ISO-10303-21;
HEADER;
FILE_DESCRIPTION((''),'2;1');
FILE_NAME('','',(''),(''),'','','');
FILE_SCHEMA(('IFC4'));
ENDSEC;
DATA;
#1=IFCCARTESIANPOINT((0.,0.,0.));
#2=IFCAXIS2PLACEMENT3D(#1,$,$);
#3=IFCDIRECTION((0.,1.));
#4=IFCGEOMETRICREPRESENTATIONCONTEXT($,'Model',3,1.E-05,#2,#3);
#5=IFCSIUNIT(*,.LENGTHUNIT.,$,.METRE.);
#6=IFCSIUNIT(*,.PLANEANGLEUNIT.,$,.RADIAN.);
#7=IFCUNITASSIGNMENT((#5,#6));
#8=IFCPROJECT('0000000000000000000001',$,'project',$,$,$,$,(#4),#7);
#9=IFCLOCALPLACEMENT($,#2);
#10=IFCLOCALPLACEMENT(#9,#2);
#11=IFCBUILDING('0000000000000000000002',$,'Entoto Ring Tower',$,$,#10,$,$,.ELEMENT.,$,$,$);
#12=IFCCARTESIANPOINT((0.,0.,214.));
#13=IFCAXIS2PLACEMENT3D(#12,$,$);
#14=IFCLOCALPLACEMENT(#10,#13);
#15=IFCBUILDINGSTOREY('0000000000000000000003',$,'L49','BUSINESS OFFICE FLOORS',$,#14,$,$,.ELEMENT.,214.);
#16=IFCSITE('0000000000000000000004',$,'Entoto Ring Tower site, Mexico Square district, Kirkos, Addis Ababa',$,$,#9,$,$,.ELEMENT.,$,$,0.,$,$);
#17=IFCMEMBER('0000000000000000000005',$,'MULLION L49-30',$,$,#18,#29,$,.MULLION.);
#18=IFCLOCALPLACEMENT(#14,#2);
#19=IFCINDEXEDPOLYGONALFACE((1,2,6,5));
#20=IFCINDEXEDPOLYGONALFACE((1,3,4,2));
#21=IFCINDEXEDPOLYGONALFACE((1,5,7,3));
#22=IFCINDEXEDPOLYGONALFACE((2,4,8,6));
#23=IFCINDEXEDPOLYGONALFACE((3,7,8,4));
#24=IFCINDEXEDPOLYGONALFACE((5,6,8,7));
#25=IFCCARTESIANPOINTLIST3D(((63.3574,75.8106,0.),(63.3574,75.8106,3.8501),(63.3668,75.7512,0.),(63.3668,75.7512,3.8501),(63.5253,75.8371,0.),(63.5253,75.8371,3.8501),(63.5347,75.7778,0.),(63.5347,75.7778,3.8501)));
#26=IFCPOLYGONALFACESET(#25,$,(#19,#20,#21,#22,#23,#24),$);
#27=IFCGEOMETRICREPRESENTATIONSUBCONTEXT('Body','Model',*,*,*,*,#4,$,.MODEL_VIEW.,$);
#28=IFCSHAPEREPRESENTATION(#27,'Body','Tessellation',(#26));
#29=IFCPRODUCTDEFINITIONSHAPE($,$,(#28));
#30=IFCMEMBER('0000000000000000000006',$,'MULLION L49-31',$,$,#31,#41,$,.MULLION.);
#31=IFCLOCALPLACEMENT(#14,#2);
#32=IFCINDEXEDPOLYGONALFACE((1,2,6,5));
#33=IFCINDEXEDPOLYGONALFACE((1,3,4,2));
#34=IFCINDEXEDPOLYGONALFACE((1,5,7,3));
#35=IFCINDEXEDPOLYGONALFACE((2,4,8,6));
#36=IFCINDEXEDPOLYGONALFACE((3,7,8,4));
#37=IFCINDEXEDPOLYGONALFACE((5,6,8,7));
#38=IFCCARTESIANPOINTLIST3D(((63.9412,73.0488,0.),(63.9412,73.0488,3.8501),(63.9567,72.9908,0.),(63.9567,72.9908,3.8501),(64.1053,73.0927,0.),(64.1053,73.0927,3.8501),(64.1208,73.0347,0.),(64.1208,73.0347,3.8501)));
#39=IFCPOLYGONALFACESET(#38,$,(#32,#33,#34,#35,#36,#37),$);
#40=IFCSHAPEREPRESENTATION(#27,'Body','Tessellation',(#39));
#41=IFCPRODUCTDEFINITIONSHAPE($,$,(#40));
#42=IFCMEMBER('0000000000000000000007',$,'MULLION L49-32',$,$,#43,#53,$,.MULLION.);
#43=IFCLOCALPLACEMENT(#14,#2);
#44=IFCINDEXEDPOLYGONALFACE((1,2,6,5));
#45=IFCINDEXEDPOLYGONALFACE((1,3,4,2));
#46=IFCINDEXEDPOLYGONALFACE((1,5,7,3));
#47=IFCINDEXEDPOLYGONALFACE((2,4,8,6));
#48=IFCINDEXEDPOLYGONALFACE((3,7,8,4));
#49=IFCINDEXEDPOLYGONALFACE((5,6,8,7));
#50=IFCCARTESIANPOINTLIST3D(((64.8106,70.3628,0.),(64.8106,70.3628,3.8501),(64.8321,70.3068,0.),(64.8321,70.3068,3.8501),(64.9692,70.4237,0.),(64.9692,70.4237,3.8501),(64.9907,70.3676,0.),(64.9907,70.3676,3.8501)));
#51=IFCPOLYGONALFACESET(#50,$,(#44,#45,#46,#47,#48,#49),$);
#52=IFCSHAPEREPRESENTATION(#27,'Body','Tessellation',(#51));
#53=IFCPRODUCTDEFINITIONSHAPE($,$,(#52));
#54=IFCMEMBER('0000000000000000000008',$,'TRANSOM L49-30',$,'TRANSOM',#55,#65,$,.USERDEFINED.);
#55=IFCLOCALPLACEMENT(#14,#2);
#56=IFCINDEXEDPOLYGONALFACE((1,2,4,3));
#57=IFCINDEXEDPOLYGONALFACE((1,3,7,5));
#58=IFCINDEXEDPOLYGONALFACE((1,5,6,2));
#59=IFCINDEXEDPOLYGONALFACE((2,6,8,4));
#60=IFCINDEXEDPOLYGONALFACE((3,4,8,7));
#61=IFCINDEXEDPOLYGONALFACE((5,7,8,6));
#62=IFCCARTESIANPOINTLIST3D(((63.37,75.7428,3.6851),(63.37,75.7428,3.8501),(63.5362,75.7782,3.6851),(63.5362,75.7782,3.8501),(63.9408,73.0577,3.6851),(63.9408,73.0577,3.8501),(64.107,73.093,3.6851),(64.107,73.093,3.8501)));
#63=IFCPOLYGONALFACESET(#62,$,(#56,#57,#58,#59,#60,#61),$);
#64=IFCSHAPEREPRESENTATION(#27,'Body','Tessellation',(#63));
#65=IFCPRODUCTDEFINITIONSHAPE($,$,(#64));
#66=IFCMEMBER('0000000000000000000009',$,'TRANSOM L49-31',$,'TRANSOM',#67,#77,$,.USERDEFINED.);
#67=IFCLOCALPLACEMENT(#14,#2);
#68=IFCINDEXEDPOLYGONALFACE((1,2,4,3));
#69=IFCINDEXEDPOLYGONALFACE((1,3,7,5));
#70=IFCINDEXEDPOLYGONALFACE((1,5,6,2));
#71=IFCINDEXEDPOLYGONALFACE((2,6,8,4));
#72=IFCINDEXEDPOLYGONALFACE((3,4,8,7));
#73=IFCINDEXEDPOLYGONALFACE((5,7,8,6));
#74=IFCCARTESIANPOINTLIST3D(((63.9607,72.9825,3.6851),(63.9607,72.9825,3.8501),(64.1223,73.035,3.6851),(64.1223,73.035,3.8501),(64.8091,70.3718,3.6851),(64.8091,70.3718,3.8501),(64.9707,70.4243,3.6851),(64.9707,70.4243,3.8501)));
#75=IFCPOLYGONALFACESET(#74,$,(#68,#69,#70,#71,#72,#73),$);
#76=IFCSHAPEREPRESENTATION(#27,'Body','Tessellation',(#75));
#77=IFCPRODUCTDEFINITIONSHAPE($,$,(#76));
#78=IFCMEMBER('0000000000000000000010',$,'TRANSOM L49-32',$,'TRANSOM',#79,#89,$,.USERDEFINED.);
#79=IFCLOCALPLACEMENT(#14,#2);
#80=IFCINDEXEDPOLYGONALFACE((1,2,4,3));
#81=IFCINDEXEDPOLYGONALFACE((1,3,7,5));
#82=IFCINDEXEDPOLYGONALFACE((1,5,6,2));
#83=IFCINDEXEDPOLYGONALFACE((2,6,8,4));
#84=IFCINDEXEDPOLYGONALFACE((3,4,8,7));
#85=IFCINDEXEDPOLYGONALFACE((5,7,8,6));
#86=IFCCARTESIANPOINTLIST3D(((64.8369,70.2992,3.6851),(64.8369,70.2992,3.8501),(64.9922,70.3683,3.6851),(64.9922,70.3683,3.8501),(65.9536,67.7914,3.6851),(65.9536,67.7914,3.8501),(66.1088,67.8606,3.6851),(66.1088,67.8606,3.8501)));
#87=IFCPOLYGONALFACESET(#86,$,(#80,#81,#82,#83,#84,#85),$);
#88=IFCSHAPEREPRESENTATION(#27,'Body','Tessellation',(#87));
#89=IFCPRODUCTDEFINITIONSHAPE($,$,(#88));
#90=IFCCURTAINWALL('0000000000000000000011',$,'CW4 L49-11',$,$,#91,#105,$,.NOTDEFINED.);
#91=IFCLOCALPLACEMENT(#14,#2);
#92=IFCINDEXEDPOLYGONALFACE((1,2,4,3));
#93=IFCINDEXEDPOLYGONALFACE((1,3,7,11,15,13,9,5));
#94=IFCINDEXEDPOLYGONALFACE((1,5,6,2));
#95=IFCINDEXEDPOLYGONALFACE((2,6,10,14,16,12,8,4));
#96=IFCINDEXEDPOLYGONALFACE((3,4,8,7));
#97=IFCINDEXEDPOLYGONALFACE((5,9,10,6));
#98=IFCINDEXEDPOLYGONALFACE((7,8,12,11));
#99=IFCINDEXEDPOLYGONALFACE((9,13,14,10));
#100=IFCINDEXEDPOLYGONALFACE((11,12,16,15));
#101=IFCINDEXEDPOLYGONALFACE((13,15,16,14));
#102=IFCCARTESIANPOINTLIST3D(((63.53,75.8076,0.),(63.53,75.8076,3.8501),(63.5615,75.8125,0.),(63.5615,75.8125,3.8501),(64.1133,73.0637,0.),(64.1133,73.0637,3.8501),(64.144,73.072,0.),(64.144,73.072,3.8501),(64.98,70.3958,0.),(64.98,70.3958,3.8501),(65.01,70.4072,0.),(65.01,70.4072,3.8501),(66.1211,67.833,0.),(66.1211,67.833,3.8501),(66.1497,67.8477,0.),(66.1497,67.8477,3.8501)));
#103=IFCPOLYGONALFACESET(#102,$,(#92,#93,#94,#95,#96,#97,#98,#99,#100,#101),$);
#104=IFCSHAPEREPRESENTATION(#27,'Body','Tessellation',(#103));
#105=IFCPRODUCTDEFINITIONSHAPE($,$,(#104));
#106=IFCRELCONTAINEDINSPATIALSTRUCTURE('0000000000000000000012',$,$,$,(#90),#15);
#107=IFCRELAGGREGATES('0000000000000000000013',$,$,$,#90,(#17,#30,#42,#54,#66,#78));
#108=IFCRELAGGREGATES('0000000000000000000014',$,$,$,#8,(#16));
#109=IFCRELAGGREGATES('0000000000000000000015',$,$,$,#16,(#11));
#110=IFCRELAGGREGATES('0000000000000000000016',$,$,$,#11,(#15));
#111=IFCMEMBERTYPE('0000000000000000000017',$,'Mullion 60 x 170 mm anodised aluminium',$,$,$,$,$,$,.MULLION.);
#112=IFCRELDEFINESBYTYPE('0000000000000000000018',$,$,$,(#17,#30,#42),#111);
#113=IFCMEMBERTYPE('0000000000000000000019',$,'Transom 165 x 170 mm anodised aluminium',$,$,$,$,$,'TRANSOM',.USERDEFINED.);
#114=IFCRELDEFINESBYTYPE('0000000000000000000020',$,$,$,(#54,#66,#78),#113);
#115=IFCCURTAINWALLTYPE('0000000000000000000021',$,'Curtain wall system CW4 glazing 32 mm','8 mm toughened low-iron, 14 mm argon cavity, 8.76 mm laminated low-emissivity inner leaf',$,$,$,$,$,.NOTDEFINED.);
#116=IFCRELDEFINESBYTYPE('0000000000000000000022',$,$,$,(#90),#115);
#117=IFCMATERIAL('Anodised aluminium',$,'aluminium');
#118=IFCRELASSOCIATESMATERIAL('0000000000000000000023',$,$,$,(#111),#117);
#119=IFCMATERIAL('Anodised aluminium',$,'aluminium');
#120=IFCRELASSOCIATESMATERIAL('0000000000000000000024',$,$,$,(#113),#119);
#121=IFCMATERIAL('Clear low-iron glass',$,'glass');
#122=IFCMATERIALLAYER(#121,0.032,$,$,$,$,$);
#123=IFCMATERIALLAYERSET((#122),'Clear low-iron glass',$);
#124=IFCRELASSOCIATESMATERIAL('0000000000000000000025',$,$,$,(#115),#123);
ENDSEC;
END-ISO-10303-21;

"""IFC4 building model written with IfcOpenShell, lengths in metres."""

from ifc_helpers import new_model, si_unit, direction, frame, origin, origin_2d, place, context, subcontext, project, spatial, polyline, rectangle, outline, extrude, material, layer, layer_set, material_profile, profile_set, type_object, element, aggregate, save


model = new_model("IFC4")

# Units and contexts
model_context = context("Model", 3, precision=1e-05, world=origin(), true_north=direction((0.0, 1.0)))
body_context = subcontext(model_context, "Body", "Model", "MODEL_VIEW")
ifc_project = project(units=[si_unit("LENGTHUNIT", "METRE"), si_unit("PLANEANGLEUNIT", "RADIAN")], contexts=[model_context])

# Members
ifc_material_1 = material(Name="Anodised aluminium", Category="aluminium")
ifc_material_profile_1 = material_profile(ifc_material_1, rectangle(XDim=0.0601, YDim=0.1699, at=origin_2d()), Name="Mullion 60 x 170 mm anodised aluminium")
ifc_profile_set_1 = profile_set([ifc_material_profile_1], Name="Anodised aluminium")
member_type_1 = type_object("IfcMemberType", Name="Mullion 60 x 170 mm anodised aluminium", PredefinedType="MULLION", material=ifc_profile_set_1)
site_placement = place(None, origin())
building_placement = place(site_placement, origin())
storey_placement = place(building_placement, frame((0.0, 0.0, 214.0)))
member_1_placement = place(storey_placement, frame((63.446, 75.7942, 0.0), z_axis=(0.0, 0.0, 1.0), x_axis=(0.156434, -0.987688, 0.0)))
member_1 = element("IfcMember", 1, at=member_1_placement, type_object=member_type_1, Name="MULLION L49-30", PredefinedType="MULLION", context=body_context, shape_type="SweptSolid", body=[
    extrude(rectangle(XDim=0.0601, YDim=0.1699, at=origin_2d()), origin(), (0.0, 0.0, 1.0), 3.8501),
])
member_2_placement = place(storey_placement, frame((64.031, 73.0417, 0.0), z_axis=(0.0, 0.0, 1.0), x_axis=(0.258819, -0.965926, 0.0)))
member_2 = element("IfcMember", 2, at=member_2_placement, type_object=member_type_1, Name="MULLION L49-31", PredefinedType="MULLION", context=body_context, shape_type="SweptSolid", body=[
    extrude(rectangle(XDim=0.0601, YDim=0.1699, at=origin_2d()), origin(), (0.0, 0.0, 1.0), 3.8501),
])
member_3_placement = place(storey_placement, frame((64.9006, 70.3652, 0.0), z_axis=(0.0, 0.0, 1.0), x_axis=(0.358368, -0.93358, 0.0)))
member_3 = element("IfcMember", 3, at=member_3_placement, type_object=member_type_1, Name="MULLION L49-32", PredefinedType="MULLION", context=body_context, shape_type="SweptSolid", body=[
    extrude(rectangle(XDim=0.0601, YDim=0.1699, at=origin_2d()), origin(), (0.0, 0.0, 1.0), 3.8501),
])
ifc_material_2 = material(Name="Anodised aluminium", Category="aluminium")
ifc_material_profile_2 = material_profile(ifc_material_2, rectangle(XDim=0.1699, YDim=0.165, at=origin_2d()), Name="Transom 165 x 170 mm anodised aluminium")
ifc_profile_set_2 = profile_set([ifc_material_profile_2], Name="Anodised aluminium")
member_type_2 = type_object("IfcMemberType", Name="Transom 165 x 170 mm anodised aluminium", ElementType="TRANSOM", PredefinedType="USERDEFINED", material=ifc_profile_set_2)
member_4_placement = place(storey_placement, frame((63.4531, 75.7605, 3.7676), z_axis=(0.207937, -0.978142, 0.0), x_axis=(0.978142, 0.207937, 0.0)))
member_4 = element("IfcMember", 4, at=member_4_placement, type_object=member_type_2, Name="TRANSOM L49-30", ObjectType="TRANSOM", PredefinedType="USERDEFINED", context=body_context, shape_type="SweptSolid", body=[
    extrude(rectangle(XDim=0.1699, YDim=0.165, at=origin_2d()), origin(), (0.0, 0.0, 1.0), 2.7451),
])
member_5_placement = place(storey_placement, frame((64.0415, 73.0088, 3.7676), z_axis=(0.309042, -0.951048, 0.0), x_axis=(0.951048, 0.309042, 0.0)))
member_5 = element("IfcMember", 5, at=member_5_placement, type_object=member_type_2, Name="TRANSOM L49-31", ObjectType="TRANSOM", PredefinedType="USERDEFINED", context=body_context, shape_type="SweptSolid", body=[
    extrude(rectangle(XDim=0.1699, YDim=0.165, at=origin_2d()), origin(), (0.0, 0.0, 1.0), 2.7451),
])
member_6_placement = place(storey_placement, frame((64.9146, 70.3337, 3.7676), z_axis=(0.406782, -0.913525, 0.0), x_axis=(0.913525, 0.406782, 0.0)))
member_6 = element("IfcMember", 6, at=member_6_placement, type_object=member_type_2, Name="TRANSOM L49-32", ObjectType="TRANSOM", PredefinedType="USERDEFINED", context=body_context, shape_type="SweptSolid", body=[
    extrude(rectangle(XDim=0.1699, YDim=0.165, at=origin_2d()), origin(), (0.0, 0.0, 1.0), 2.7451),
])

# Site, building, storey
site = spatial("IfcSite", under=ifc_project, at=site_placement, Name="Entoto Ring Tower site, Mexico Square district, Kirkos, Addis Ababa", CompositionType="ELEMENT", RefElevation=0.0)
building = spatial("IfcBuilding", under=site, at=building_placement, Name="Entoto Ring Tower", CompositionType="ELEMENT")
storey = spatial("IfcBuildingStorey", under=building, at=storey_placement, Name="L49", Description="BUSINESS OFFICE FLOORS", CompositionType="ELEMENT", Elevation=214.0)

# Curtain wall
ifc_material_3 = material(Name="Clear low-iron glass", Category="glass")
ifc_layer = layer(ifc_material_3, 0.032)
ifc_layer_set = layer_set([ifc_layer], Name="Clear low-iron glass")
curtain_wall_type = type_object("IfcCurtainWallType", Name="Curtain wall system CW4 glazing 32 mm", Description="8 mm toughened low-iron, 14 mm argon cavity, 8.76 mm laminated low-emissivity inner leaf", PredefinedType="NOTDEFINED", material=ifc_layer_set)
curtain_wall_1_placement = place(storey_placement, origin())
curtain_wall_1 = element("IfcCurtainWall", 7, at=curtain_wall_1_placement, inside=storey, type_object=curtain_wall_type, Name="CW4 L49-11", PredefinedType="NOTDEFINED", context=body_context, shape_type="SweptSolid", body=[
    extrude(outline(polyline([(63.53, 75.8076), (64.1133, 73.0637), (64.98, 70.3958), (66.1211, 67.833), (66.1497, 67.8477), (65.01, 70.4072), (64.144, 73.072), (63.5615, 75.8125), (63.53, 75.8076)])), origin(), (0.0, 0.0, 1.0), 3.8501),
])
aggregate(curtain_wall_1, [member_1, member_2, member_3, member_4, member_5, member_6])

save(model, "model.ifc")
